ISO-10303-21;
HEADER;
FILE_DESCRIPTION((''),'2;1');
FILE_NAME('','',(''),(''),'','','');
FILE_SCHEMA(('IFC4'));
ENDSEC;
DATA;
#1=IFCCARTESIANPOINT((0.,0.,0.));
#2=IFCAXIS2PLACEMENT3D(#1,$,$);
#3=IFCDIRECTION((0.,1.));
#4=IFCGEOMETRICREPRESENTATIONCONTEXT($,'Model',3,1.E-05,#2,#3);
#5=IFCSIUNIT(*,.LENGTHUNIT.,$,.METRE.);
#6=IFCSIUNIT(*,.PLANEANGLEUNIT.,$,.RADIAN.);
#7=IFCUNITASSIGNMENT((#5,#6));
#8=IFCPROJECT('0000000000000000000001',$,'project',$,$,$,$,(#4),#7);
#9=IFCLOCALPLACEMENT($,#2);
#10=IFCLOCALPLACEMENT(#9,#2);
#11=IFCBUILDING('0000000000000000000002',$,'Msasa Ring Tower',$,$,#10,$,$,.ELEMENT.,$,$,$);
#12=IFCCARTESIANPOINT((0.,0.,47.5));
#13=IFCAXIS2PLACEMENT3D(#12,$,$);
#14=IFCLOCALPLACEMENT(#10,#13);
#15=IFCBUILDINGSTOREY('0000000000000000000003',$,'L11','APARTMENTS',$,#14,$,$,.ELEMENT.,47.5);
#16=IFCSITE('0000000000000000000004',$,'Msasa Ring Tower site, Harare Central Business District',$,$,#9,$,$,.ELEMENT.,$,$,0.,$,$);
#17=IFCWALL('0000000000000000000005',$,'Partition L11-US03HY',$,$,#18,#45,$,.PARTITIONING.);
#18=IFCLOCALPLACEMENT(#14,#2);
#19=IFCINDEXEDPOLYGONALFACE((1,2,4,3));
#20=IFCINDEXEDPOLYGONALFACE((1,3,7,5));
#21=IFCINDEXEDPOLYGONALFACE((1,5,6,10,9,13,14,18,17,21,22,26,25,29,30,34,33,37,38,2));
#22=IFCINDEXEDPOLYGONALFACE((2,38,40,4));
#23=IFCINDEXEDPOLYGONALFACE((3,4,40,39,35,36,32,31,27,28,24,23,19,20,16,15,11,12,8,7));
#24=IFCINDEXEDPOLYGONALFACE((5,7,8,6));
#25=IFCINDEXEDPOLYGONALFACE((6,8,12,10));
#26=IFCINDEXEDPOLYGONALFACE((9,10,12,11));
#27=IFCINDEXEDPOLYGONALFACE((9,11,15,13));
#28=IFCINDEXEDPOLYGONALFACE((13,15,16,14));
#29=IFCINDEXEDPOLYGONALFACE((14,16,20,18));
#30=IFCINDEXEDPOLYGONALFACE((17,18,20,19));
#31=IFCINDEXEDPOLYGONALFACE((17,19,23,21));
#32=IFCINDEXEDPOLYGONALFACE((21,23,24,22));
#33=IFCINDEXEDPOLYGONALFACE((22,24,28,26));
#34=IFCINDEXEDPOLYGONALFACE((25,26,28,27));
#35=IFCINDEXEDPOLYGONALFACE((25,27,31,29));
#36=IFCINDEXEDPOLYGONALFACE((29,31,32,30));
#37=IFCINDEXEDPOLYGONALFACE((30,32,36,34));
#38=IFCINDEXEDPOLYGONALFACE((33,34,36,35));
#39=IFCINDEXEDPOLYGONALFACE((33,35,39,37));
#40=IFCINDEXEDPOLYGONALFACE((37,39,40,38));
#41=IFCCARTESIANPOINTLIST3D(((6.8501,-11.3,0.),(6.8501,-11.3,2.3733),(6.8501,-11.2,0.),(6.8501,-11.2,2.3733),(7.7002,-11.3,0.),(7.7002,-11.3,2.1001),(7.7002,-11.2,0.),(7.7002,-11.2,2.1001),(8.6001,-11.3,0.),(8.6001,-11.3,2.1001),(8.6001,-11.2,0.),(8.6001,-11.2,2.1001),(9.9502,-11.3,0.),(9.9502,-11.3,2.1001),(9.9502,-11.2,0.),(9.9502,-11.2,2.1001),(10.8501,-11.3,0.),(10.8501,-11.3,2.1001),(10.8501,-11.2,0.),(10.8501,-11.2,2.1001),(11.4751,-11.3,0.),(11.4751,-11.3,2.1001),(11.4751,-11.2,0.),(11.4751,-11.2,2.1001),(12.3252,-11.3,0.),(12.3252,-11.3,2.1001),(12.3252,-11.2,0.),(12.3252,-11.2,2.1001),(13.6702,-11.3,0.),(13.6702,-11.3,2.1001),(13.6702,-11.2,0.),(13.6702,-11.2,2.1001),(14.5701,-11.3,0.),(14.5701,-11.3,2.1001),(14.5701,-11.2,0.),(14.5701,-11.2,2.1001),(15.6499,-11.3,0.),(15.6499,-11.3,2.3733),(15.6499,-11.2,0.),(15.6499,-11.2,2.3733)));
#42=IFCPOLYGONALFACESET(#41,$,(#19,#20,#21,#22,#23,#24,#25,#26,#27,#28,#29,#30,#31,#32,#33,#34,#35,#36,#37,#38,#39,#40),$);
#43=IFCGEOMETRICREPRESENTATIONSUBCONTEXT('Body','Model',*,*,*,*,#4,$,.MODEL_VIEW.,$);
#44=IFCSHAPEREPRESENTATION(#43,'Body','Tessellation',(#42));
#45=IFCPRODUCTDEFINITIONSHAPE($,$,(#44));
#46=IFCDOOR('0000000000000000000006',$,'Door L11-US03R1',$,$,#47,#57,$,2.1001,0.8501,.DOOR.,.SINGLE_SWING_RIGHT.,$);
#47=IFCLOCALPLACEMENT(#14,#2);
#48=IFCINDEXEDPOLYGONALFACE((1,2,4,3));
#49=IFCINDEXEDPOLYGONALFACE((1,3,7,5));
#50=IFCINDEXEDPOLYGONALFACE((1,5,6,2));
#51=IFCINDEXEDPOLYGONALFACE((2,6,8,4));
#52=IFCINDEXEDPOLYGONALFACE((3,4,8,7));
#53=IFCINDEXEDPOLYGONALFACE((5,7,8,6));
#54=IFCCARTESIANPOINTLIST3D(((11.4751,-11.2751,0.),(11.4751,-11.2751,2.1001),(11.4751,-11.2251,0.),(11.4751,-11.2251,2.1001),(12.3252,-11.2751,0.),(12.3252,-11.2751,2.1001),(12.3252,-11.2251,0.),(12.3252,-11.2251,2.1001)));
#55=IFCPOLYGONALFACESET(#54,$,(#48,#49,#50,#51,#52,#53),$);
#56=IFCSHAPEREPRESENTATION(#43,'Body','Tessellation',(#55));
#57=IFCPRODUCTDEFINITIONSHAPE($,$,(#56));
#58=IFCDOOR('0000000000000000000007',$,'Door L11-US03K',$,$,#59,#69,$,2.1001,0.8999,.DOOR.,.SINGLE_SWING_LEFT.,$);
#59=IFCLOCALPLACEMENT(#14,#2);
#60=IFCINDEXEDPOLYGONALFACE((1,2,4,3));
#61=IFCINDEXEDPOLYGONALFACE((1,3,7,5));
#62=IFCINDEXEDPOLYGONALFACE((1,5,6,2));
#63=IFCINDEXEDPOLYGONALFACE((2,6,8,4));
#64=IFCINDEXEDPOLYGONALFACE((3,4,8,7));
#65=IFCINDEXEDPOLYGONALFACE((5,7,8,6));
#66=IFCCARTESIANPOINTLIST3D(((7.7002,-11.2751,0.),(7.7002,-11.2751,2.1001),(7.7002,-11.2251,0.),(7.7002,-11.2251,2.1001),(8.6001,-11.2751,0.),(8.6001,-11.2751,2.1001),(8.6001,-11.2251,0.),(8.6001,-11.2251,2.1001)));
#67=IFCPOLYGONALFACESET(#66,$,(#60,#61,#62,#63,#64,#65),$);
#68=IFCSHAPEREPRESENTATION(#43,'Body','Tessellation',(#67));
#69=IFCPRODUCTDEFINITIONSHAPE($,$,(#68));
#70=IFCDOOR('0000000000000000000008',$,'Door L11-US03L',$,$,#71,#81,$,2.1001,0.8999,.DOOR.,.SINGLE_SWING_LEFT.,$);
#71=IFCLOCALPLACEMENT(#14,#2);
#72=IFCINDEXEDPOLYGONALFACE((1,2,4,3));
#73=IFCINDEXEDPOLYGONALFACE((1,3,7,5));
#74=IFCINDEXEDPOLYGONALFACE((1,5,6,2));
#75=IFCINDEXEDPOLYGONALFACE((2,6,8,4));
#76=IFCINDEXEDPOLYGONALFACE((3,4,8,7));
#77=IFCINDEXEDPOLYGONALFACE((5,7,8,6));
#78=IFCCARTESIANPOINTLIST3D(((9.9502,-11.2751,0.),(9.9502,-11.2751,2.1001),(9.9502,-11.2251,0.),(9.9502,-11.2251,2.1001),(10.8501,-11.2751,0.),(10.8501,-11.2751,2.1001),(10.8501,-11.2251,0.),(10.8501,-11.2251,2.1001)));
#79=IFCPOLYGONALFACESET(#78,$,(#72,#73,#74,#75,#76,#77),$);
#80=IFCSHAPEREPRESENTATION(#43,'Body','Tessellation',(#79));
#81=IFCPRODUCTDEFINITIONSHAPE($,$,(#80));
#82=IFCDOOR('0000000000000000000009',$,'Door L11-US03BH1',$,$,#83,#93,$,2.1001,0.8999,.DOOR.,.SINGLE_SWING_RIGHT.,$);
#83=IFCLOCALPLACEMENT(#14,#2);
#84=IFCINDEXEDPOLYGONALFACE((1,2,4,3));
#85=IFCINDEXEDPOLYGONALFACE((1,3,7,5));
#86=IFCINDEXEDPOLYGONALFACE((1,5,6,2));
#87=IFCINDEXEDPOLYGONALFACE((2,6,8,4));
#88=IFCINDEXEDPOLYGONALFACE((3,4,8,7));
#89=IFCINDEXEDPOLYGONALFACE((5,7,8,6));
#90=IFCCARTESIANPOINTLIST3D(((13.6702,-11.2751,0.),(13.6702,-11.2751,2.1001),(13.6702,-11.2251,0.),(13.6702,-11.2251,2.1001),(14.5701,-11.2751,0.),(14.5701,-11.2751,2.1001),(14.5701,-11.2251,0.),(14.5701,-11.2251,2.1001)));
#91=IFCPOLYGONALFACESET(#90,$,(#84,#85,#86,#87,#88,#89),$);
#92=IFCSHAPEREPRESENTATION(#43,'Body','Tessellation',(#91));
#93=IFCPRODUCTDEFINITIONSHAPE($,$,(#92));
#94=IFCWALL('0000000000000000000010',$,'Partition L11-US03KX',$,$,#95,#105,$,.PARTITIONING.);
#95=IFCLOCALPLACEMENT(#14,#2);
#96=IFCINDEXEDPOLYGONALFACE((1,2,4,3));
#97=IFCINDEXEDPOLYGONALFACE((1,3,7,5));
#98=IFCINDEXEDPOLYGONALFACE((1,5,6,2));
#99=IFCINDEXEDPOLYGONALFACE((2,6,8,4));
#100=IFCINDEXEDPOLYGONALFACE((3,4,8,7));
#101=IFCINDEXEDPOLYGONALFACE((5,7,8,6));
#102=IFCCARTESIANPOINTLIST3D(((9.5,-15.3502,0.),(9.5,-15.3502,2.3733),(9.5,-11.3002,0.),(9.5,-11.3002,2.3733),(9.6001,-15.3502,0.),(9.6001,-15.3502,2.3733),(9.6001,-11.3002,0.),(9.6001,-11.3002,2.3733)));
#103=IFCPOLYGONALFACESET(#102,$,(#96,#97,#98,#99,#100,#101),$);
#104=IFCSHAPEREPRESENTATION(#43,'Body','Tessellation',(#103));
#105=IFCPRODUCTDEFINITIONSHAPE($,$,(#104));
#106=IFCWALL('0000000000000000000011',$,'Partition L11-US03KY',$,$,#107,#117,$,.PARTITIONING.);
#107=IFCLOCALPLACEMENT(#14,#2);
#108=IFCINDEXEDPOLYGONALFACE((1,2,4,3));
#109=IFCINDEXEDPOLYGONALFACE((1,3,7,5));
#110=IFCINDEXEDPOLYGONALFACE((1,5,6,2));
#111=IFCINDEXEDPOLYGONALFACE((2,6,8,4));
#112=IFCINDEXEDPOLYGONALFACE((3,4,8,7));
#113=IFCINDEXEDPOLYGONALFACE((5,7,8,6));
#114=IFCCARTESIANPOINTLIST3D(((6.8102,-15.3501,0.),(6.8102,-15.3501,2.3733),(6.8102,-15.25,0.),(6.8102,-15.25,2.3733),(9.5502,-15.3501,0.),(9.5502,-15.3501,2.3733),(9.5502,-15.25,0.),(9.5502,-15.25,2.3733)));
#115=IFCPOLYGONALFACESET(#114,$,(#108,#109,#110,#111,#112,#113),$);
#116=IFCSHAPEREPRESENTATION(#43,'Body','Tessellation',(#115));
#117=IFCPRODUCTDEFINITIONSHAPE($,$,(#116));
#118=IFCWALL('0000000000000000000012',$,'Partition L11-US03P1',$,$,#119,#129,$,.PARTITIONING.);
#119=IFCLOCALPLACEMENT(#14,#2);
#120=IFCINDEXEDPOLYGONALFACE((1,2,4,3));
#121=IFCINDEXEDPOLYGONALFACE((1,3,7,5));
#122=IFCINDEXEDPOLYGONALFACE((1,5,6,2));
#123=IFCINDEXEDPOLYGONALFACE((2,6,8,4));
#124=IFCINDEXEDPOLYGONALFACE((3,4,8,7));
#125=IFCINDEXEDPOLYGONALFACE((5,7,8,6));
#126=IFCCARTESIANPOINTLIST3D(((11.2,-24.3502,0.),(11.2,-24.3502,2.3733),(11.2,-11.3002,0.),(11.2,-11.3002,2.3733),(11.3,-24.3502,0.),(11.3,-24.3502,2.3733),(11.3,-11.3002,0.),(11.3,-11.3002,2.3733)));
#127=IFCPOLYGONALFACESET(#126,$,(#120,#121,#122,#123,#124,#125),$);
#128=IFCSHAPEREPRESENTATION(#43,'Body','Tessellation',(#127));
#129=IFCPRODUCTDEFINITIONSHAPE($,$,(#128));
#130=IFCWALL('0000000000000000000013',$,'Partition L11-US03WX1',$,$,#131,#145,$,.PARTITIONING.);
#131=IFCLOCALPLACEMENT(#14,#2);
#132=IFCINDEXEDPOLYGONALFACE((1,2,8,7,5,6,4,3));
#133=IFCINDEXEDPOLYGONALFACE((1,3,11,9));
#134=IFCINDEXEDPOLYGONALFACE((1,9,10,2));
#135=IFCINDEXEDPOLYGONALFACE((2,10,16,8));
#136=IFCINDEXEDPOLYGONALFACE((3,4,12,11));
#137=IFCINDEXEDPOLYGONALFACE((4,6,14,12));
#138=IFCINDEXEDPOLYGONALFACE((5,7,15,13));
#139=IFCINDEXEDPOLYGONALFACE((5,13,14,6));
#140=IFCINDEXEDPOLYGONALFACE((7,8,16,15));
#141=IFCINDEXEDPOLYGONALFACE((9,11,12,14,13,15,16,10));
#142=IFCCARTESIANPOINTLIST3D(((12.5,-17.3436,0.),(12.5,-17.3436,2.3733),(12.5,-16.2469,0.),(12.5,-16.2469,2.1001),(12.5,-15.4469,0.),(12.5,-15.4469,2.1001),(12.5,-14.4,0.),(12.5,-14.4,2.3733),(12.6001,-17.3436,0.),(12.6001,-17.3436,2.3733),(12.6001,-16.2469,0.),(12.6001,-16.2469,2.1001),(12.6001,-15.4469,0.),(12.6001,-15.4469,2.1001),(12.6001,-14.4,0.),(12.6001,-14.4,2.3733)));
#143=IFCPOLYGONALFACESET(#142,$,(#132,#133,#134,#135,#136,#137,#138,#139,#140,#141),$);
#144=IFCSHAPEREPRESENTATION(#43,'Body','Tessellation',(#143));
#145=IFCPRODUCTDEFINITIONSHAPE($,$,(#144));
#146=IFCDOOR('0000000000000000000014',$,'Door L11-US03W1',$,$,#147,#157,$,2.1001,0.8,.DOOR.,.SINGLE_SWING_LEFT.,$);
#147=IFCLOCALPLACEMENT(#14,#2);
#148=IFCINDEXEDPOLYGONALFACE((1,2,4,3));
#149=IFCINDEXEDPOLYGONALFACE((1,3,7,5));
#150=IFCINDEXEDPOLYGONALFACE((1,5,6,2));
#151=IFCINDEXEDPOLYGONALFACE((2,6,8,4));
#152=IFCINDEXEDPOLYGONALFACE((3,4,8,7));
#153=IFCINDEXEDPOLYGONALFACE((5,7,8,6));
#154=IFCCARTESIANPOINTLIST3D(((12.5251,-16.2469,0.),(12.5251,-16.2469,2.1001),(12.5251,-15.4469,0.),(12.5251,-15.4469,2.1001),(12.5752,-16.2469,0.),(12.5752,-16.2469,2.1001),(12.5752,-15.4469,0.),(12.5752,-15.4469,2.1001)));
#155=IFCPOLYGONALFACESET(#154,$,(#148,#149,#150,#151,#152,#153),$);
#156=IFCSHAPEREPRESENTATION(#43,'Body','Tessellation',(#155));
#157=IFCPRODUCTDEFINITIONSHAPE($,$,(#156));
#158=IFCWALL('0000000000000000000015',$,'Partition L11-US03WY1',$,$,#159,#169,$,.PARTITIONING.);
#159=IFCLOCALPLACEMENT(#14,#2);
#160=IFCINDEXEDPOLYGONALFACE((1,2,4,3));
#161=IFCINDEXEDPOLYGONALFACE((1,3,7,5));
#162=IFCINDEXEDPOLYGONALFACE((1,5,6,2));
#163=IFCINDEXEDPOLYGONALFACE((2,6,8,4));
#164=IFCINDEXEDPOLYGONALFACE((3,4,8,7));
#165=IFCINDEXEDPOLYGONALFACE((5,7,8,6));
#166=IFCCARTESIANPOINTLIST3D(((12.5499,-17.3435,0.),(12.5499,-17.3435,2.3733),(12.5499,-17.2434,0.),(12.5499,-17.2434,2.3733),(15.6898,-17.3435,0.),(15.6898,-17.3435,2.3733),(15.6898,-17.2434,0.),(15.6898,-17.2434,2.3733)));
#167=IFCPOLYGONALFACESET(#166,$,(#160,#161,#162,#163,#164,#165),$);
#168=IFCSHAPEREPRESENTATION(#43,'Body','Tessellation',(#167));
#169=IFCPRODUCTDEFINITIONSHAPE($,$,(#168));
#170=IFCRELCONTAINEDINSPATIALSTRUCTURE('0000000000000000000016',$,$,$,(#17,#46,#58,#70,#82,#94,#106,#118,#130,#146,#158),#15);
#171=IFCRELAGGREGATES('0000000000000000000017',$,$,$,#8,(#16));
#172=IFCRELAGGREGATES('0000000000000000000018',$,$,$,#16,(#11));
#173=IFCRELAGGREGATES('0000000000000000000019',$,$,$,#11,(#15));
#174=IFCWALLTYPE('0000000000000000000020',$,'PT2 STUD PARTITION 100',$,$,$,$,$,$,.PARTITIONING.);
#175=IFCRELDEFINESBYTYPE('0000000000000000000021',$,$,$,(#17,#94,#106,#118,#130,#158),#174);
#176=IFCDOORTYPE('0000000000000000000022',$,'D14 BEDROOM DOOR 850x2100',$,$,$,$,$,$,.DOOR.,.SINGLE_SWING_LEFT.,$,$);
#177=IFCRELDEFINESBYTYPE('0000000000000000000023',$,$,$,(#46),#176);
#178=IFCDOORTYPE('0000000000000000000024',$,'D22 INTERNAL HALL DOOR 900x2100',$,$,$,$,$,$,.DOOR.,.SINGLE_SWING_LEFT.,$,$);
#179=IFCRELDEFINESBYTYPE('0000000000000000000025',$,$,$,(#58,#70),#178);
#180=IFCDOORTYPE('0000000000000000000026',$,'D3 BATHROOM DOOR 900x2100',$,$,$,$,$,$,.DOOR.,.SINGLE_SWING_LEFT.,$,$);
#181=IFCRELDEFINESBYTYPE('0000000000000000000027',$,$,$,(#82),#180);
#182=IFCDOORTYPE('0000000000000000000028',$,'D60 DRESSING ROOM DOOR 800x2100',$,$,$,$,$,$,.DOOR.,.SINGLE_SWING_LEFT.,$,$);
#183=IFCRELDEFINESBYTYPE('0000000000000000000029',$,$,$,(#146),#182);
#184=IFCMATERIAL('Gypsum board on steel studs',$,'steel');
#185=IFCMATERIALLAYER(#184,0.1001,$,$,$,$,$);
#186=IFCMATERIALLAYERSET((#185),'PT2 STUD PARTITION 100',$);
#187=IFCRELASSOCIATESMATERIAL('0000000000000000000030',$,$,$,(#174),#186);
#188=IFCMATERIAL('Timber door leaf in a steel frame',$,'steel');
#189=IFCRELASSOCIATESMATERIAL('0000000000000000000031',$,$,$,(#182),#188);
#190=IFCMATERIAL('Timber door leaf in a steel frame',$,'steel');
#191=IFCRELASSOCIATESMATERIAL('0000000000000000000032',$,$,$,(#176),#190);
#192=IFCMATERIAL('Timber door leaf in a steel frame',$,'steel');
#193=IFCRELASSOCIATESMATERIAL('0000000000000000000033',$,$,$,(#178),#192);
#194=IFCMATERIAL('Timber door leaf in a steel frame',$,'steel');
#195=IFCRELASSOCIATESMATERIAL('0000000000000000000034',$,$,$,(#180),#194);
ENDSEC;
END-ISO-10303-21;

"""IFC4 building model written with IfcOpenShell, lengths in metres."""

from ifc_helpers import new_model, si_unit, direction, frame, frame_2d, origin, place, context, subcontext, project, spatial, rectangle, extrude, material, layer, layer_set, type_object, element, fill, save


model = new_model("IFC4")

# Units and contexts
model_context = context("Model", 3, precision=1e-05, world=origin(), true_north=direction((0.0, 1.0)))
body_context = subcontext(model_context, "Body", "Model", "MODEL_VIEW")
ifc_project = project(units=[si_unit("LENGTHUNIT", "METRE"), si_unit("PLANEANGLEUNIT", "RADIAN")], contexts=[model_context])

# Site, building, storey
site_placement = place(None, origin())
site = spatial("IfcSite", under=ifc_project, at=site_placement, Name="Msasa Ring Tower site, Harare Central Business District", CompositionType="ELEMENT", RefElevation=0.0)
building_placement = place(site_placement, origin())
building = spatial("IfcBuilding", under=site, at=building_placement, Name="Msasa Ring Tower", CompositionType="ELEMENT")
storey_placement = place(building_placement, frame((0.0, 0.0, 47.5)))
storey = spatial("IfcBuildingStorey", under=building, at=storey_placement, Name="L11", Description="APARTMENTS", CompositionType="ELEMENT", Elevation=47.5)

# Shared definitions
ifc_material_1 = material(Name="Gypsum board on steel studs", Category="steel")
ifc_layer_1 = layer(ifc_material_1, 0.1001)
ifc_layer_set_1 = layer_set([ifc_layer_1], Name="PT2 STUD PARTITION 100")
wall_type_1 = type_object("IfcWallType", Name="PT2 STUD PARTITION 100", PredefinedType="PARTITIONING", material=ifc_layer_set_1)
ifc_material_2 = material(Name="Timber door leaf in a steel frame", Category="steel")
door_type_1 = type_object("IfcDoorType", Name="D60 DRESSING ROOM DOOR 800x2100", OperationType="SINGLE_SWING_LEFT", PredefinedType="DOOR", material=ifc_material_2)

# Wall, openings, doors
wall_1_placement = place(storey_placement, frame((6.8501, -11.25, 0.0), z_axis=(0.0, 0.0, 1.0), x_axis=(1.0, 0.0, 0.0)))
wall_1 = element("IfcWall", 1, at=wall_1_placement, inside=storey, type_object=wall_type_1, Name="Partition L11-US03HY", PredefinedType="PARTITIONING", context=body_context, shape_type="SweptSolid", body=[
    extrude(rectangle(XDim=8.7998, YDim=0.1001, at=frame_2d((4.3999, 0.0))), origin(), (0.0, 0.0, 1.0), 2.3733),
])
opening_1_placement = place(wall_1_placement, frame((0.8501, 0.0, 0.0)))
opening_1 = element("IfcOpeningElement", 2, at=opening_1_placement, cuts=wall_1, PredefinedType="OPENING", context=body_context, shape_type="SweptSolid", body=[
    extrude(rectangle(XDim=0.8999, YDim=2.1001, at=frame_2d((0.45, 1.05))), frame((0.0, 0.0601, 0.0), z_axis=(0.0, -1.0, 0.0), x_axis=(1.0, 0.0, 0.0)), (0.0, 0.0, 1.0), 0.1201),
])
opening_2_placement = place(wall_1_placement, frame((3.1001, 0.0, 0.0)))
opening_2 = element("IfcOpeningElement", 3, at=opening_2_placement, cuts=wall_1, PredefinedType="OPENING", context=body_context, shape_type="SweptSolid", body=[
    extrude(rectangle(XDim=0.8999, YDim=2.1001, at=frame_2d((0.45, 1.05))), frame((0.0, 0.0601, 0.0), z_axis=(0.0, -1.0, 0.0), x_axis=(1.0, 0.0, 0.0)), (0.0, 0.0, 1.0), 0.1201),
])
opening_3_placement = place(wall_1_placement, frame((4.625, 0.0, 0.0)))
opening_3 = element("IfcOpeningElement", 4, at=opening_3_placement, cuts=wall_1, PredefinedType="OPENING", context=body_context, shape_type="SweptSolid", body=[
    extrude(rectangle(XDim=0.8501, YDim=2.1001, at=frame_2d((0.425, 1.05))), frame((0.0, 0.0601, 0.0), z_axis=(0.0, -1.0, 0.0), x_axis=(1.0, 0.0, 0.0)), (0.0, 0.0, 1.0), 0.1201),
])
opening_4_placement = place(wall_1_placement, frame((6.8201, 0.0, 0.0)))
opening_4 = element("IfcOpeningElement", 5, at=opening_4_placement, cuts=wall_1, PredefinedType="OPENING", context=body_context, shape_type="SweptSolid", body=[
    extrude(rectangle(XDim=0.8999, YDim=2.1001, at=frame_2d((0.45, 1.05))), frame((0.0, 0.0601, 0.0), z_axis=(0.0, -1.0, 0.0), x_axis=(1.0, 0.0, 0.0)), (0.0, 0.0, 1.0), 0.1201),
])
ifc_material_3 = material(Name="Timber door leaf in a steel frame", Category="steel")
door_type_2 = type_object("IfcDoorType", Name="D14 BEDROOM DOOR 850x2100", OperationType="SINGLE_SWING_LEFT", PredefinedType="DOOR", material=ifc_material_3)
door_1_placement = place(opening_3_placement, origin())
door_1 = element("IfcDoor", 6, at=door_1_placement, inside=storey, type_object=door_type_2, Name="Door L11-US03R1", OperationType="SINGLE_SWING_RIGHT", OverallHeight=2.1001, OverallWidth=0.8501, PredefinedType="DOOR", context=body_context, shape_type="SweptSolid", body=[
    extrude(rectangle(XDim=0.8501, YDim=2.1001, at=frame_2d((0.425, 1.05))), frame((0.0, 0.0249, 0.0), z_axis=(0.0, -1.0, 0.0), x_axis=(1.0, 0.0, 0.0)), (0.0, 0.0, 1.0), 0.05),
])
fill(opening_3, door_1)
ifc_material_4 = material(Name="Timber door leaf in a steel frame", Category="steel")
door_type_3 = type_object("IfcDoorType", Name="D22 INTERNAL HALL DOOR 900x2100", OperationType="SINGLE_SWING_LEFT", PredefinedType="DOOR", material=ifc_material_4)
door_2_placement = place(opening_1_placement, origin())
door_2 = element("IfcDoor", 7, at=door_2_placement, inside=storey, type_object=door_type_3, Name="Door L11-US03K", OperationType="SINGLE_SWING_LEFT", OverallHeight=2.1001, OverallWidth=0.8999, PredefinedType="DOOR", context=body_context, shape_type="SweptSolid", body=[
    extrude(rectangle(XDim=0.8999, YDim=2.1001, at=frame_2d((0.45, 1.05))), frame((0.0, 0.0249, 0.0), z_axis=(0.0, -1.0, 0.0), x_axis=(1.0, 0.0, 0.0)), (0.0, 0.0, 1.0), 0.05),
])
fill(opening_1, door_2)
door_3_placement = place(opening_2_placement, origin())
door_3 = element("IfcDoor", 8, at=door_3_placement, inside=storey, type_object=door_type_3, Name="Door L11-US03L", OperationType="SINGLE_SWING_LEFT", OverallHeight=2.1001, OverallWidth=0.8999, PredefinedType="DOOR", context=body_context, shape_type="SweptSolid", body=[
    extrude(rectangle(XDim=0.8999, YDim=2.1001, at=frame_2d((0.45, 1.05))), frame((0.0, 0.0249, 0.0), z_axis=(0.0, -1.0, 0.0), x_axis=(1.0, 0.0, 0.0)), (0.0, 0.0, 1.0), 0.05),
])
fill(opening_2, door_3)
ifc_material_5 = material(Name="Timber door leaf in a steel frame", Category="steel")
door_type_4 = type_object("IfcDoorType", Name="D3 BATHROOM DOOR 900x2100", OperationType="SINGLE_SWING_LEFT", PredefinedType="DOOR", material=ifc_material_5)
door_4_placement = place(opening_4_placement, origin())
door_4 = element("IfcDoor", 9, at=door_4_placement, inside=storey, type_object=door_type_4, Name="Door L11-US03BH1", OperationType="SINGLE_SWING_RIGHT", OverallHeight=2.1001, OverallWidth=0.8999, PredefinedType="DOOR", context=body_context, shape_type="SweptSolid", body=[
    extrude(rectangle(XDim=0.8999, YDim=2.1001, at=frame_2d((0.45, 1.05))), frame((0.0, 0.0249, 0.0), z_axis=(0.0, -1.0, 0.0), x_axis=(1.0, 0.0, 0.0)), (0.0, 0.0, 1.0), 0.05),
])
fill(opening_4, door_4)

# Walls
wall_2_placement = place(storey_placement, frame((9.55, -15.3501, 0.0), z_axis=(0.0, 0.0, 1.0), x_axis=(0.0, 1.0, 0.0)))
element("IfcWall", 10, at=wall_2_placement, inside=storey, type_object=wall_type_1, Name="Partition L11-US03KX", PredefinedType="PARTITIONING", context=body_context, shape_type="SweptSolid", body=[
    extrude(rectangle(XDim=4.05, YDim=0.1001, at=frame_2d((2.0249, 0.0))), origin(), (0.0, 0.0, 1.0), 2.3733),
])
wall_3_placement = place(storey_placement, frame((6.8101, -15.3, 0.0), z_axis=(0.0, 0.0, 1.0), x_axis=(1.0, 0.0, 0.0)))
element("IfcWall", 11, at=wall_3_placement, inside=storey, type_object=wall_type_1, Name="Partition L11-US03KY", PredefinedType="PARTITIONING", context=body_context, shape_type="SweptSolid", body=[
    extrude(rectangle(XDim=2.74, YDim=0.1001, at=frame_2d((1.3701, 0.0))), origin(), (0.0, 0.0, 1.0), 2.3733),
])
wall_4_placement = place(storey_placement, frame((11.25, -24.3501, 0.0), z_axis=(0.0, 0.0, 1.0), x_axis=(0.0, 1.0, 0.0)))
element("IfcWall", 12, at=wall_4_placement, inside=storey, type_object=wall_type_1, Name="Partition L11-US03P1", PredefinedType="PARTITIONING", context=body_context, shape_type="SweptSolid", body=[
    extrude(rectangle(XDim=13.05, YDim=0.1001, at=frame_2d((6.5249, 0.0))), origin(), (0.0, 0.0, 1.0), 2.3733),
])

# Wall, opening, door
wall_5_placement = place(storey_placement, frame((12.55, -17.3435, 0.0), z_axis=(0.0, 0.0, 1.0), x_axis=(0.0, 1.0, 0.0)))
wall_5 = element("IfcWall", 13, at=wall_5_placement, inside=storey, type_object=wall_type_1, Name="Partition L11-US03WX1", PredefinedType="PARTITIONING", context=body_context, shape_type="SweptSolid", body=[
    extrude(rectangle(XDim=2.9436, YDim=0.1001, at=frame_2d((1.4717, 0.0))), origin(), (0.0, 0.0, 1.0), 2.3733),
])
opening_5_placement = place(wall_5_placement, frame((1.0967, 0.0, 0.0)))
opening_5 = element("IfcOpeningElement", 14, at=opening_5_placement, cuts=wall_5, PredefinedType="OPENING", context=body_context, shape_type="SweptSolid", body=[
    extrude(rectangle(XDim=0.8, YDim=2.1001, at=frame_2d((0.3999, 1.05))), frame((0.0, 0.0601, 0.0), z_axis=(0.0, -1.0, 0.0), x_axis=(1.0, 0.0, 0.0)), (0.0, 0.0, 1.0), 0.1201),
])
door_5_placement = place(opening_5_placement, origin())
door_5 = element("IfcDoor", 15, at=door_5_placement, inside=storey, type_object=door_type_1, Name="Door L11-US03W1", OperationType="SINGLE_SWING_LEFT", OverallHeight=2.1001, OverallWidth=0.8, PredefinedType="DOOR", context=body_context, shape_type="SweptSolid", body=[
    extrude(rectangle(XDim=0.8, YDim=2.1001, at=frame_2d((0.3999, 1.05))), frame((0.0, 0.0249, 0.0), z_axis=(0.0, -1.0, 0.0), x_axis=(1.0, 0.0, 0.0)), (0.0, 0.0, 1.0), 0.05),
])
fill(opening_5, door_5)

# Wall
wall_6_placement = place(storey_placement, frame((12.55, -17.2935, 0.0), z_axis=(0.0, 0.0, 1.0), x_axis=(1.0, 0.0, 0.0)))
element("IfcWall", 16, at=wall_6_placement, inside=storey, type_object=wall_type_1, Name="Partition L11-US03WY1", PredefinedType="PARTITIONING", context=body_context, shape_type="SweptSolid", body=[
    extrude(rectangle(XDim=3.1399, YDim=0.1001, at=frame_2d((1.5698, 0.0))), origin(), (0.0, 0.0, 1.0), 2.3733),
])

save(model, "model.ifc")
